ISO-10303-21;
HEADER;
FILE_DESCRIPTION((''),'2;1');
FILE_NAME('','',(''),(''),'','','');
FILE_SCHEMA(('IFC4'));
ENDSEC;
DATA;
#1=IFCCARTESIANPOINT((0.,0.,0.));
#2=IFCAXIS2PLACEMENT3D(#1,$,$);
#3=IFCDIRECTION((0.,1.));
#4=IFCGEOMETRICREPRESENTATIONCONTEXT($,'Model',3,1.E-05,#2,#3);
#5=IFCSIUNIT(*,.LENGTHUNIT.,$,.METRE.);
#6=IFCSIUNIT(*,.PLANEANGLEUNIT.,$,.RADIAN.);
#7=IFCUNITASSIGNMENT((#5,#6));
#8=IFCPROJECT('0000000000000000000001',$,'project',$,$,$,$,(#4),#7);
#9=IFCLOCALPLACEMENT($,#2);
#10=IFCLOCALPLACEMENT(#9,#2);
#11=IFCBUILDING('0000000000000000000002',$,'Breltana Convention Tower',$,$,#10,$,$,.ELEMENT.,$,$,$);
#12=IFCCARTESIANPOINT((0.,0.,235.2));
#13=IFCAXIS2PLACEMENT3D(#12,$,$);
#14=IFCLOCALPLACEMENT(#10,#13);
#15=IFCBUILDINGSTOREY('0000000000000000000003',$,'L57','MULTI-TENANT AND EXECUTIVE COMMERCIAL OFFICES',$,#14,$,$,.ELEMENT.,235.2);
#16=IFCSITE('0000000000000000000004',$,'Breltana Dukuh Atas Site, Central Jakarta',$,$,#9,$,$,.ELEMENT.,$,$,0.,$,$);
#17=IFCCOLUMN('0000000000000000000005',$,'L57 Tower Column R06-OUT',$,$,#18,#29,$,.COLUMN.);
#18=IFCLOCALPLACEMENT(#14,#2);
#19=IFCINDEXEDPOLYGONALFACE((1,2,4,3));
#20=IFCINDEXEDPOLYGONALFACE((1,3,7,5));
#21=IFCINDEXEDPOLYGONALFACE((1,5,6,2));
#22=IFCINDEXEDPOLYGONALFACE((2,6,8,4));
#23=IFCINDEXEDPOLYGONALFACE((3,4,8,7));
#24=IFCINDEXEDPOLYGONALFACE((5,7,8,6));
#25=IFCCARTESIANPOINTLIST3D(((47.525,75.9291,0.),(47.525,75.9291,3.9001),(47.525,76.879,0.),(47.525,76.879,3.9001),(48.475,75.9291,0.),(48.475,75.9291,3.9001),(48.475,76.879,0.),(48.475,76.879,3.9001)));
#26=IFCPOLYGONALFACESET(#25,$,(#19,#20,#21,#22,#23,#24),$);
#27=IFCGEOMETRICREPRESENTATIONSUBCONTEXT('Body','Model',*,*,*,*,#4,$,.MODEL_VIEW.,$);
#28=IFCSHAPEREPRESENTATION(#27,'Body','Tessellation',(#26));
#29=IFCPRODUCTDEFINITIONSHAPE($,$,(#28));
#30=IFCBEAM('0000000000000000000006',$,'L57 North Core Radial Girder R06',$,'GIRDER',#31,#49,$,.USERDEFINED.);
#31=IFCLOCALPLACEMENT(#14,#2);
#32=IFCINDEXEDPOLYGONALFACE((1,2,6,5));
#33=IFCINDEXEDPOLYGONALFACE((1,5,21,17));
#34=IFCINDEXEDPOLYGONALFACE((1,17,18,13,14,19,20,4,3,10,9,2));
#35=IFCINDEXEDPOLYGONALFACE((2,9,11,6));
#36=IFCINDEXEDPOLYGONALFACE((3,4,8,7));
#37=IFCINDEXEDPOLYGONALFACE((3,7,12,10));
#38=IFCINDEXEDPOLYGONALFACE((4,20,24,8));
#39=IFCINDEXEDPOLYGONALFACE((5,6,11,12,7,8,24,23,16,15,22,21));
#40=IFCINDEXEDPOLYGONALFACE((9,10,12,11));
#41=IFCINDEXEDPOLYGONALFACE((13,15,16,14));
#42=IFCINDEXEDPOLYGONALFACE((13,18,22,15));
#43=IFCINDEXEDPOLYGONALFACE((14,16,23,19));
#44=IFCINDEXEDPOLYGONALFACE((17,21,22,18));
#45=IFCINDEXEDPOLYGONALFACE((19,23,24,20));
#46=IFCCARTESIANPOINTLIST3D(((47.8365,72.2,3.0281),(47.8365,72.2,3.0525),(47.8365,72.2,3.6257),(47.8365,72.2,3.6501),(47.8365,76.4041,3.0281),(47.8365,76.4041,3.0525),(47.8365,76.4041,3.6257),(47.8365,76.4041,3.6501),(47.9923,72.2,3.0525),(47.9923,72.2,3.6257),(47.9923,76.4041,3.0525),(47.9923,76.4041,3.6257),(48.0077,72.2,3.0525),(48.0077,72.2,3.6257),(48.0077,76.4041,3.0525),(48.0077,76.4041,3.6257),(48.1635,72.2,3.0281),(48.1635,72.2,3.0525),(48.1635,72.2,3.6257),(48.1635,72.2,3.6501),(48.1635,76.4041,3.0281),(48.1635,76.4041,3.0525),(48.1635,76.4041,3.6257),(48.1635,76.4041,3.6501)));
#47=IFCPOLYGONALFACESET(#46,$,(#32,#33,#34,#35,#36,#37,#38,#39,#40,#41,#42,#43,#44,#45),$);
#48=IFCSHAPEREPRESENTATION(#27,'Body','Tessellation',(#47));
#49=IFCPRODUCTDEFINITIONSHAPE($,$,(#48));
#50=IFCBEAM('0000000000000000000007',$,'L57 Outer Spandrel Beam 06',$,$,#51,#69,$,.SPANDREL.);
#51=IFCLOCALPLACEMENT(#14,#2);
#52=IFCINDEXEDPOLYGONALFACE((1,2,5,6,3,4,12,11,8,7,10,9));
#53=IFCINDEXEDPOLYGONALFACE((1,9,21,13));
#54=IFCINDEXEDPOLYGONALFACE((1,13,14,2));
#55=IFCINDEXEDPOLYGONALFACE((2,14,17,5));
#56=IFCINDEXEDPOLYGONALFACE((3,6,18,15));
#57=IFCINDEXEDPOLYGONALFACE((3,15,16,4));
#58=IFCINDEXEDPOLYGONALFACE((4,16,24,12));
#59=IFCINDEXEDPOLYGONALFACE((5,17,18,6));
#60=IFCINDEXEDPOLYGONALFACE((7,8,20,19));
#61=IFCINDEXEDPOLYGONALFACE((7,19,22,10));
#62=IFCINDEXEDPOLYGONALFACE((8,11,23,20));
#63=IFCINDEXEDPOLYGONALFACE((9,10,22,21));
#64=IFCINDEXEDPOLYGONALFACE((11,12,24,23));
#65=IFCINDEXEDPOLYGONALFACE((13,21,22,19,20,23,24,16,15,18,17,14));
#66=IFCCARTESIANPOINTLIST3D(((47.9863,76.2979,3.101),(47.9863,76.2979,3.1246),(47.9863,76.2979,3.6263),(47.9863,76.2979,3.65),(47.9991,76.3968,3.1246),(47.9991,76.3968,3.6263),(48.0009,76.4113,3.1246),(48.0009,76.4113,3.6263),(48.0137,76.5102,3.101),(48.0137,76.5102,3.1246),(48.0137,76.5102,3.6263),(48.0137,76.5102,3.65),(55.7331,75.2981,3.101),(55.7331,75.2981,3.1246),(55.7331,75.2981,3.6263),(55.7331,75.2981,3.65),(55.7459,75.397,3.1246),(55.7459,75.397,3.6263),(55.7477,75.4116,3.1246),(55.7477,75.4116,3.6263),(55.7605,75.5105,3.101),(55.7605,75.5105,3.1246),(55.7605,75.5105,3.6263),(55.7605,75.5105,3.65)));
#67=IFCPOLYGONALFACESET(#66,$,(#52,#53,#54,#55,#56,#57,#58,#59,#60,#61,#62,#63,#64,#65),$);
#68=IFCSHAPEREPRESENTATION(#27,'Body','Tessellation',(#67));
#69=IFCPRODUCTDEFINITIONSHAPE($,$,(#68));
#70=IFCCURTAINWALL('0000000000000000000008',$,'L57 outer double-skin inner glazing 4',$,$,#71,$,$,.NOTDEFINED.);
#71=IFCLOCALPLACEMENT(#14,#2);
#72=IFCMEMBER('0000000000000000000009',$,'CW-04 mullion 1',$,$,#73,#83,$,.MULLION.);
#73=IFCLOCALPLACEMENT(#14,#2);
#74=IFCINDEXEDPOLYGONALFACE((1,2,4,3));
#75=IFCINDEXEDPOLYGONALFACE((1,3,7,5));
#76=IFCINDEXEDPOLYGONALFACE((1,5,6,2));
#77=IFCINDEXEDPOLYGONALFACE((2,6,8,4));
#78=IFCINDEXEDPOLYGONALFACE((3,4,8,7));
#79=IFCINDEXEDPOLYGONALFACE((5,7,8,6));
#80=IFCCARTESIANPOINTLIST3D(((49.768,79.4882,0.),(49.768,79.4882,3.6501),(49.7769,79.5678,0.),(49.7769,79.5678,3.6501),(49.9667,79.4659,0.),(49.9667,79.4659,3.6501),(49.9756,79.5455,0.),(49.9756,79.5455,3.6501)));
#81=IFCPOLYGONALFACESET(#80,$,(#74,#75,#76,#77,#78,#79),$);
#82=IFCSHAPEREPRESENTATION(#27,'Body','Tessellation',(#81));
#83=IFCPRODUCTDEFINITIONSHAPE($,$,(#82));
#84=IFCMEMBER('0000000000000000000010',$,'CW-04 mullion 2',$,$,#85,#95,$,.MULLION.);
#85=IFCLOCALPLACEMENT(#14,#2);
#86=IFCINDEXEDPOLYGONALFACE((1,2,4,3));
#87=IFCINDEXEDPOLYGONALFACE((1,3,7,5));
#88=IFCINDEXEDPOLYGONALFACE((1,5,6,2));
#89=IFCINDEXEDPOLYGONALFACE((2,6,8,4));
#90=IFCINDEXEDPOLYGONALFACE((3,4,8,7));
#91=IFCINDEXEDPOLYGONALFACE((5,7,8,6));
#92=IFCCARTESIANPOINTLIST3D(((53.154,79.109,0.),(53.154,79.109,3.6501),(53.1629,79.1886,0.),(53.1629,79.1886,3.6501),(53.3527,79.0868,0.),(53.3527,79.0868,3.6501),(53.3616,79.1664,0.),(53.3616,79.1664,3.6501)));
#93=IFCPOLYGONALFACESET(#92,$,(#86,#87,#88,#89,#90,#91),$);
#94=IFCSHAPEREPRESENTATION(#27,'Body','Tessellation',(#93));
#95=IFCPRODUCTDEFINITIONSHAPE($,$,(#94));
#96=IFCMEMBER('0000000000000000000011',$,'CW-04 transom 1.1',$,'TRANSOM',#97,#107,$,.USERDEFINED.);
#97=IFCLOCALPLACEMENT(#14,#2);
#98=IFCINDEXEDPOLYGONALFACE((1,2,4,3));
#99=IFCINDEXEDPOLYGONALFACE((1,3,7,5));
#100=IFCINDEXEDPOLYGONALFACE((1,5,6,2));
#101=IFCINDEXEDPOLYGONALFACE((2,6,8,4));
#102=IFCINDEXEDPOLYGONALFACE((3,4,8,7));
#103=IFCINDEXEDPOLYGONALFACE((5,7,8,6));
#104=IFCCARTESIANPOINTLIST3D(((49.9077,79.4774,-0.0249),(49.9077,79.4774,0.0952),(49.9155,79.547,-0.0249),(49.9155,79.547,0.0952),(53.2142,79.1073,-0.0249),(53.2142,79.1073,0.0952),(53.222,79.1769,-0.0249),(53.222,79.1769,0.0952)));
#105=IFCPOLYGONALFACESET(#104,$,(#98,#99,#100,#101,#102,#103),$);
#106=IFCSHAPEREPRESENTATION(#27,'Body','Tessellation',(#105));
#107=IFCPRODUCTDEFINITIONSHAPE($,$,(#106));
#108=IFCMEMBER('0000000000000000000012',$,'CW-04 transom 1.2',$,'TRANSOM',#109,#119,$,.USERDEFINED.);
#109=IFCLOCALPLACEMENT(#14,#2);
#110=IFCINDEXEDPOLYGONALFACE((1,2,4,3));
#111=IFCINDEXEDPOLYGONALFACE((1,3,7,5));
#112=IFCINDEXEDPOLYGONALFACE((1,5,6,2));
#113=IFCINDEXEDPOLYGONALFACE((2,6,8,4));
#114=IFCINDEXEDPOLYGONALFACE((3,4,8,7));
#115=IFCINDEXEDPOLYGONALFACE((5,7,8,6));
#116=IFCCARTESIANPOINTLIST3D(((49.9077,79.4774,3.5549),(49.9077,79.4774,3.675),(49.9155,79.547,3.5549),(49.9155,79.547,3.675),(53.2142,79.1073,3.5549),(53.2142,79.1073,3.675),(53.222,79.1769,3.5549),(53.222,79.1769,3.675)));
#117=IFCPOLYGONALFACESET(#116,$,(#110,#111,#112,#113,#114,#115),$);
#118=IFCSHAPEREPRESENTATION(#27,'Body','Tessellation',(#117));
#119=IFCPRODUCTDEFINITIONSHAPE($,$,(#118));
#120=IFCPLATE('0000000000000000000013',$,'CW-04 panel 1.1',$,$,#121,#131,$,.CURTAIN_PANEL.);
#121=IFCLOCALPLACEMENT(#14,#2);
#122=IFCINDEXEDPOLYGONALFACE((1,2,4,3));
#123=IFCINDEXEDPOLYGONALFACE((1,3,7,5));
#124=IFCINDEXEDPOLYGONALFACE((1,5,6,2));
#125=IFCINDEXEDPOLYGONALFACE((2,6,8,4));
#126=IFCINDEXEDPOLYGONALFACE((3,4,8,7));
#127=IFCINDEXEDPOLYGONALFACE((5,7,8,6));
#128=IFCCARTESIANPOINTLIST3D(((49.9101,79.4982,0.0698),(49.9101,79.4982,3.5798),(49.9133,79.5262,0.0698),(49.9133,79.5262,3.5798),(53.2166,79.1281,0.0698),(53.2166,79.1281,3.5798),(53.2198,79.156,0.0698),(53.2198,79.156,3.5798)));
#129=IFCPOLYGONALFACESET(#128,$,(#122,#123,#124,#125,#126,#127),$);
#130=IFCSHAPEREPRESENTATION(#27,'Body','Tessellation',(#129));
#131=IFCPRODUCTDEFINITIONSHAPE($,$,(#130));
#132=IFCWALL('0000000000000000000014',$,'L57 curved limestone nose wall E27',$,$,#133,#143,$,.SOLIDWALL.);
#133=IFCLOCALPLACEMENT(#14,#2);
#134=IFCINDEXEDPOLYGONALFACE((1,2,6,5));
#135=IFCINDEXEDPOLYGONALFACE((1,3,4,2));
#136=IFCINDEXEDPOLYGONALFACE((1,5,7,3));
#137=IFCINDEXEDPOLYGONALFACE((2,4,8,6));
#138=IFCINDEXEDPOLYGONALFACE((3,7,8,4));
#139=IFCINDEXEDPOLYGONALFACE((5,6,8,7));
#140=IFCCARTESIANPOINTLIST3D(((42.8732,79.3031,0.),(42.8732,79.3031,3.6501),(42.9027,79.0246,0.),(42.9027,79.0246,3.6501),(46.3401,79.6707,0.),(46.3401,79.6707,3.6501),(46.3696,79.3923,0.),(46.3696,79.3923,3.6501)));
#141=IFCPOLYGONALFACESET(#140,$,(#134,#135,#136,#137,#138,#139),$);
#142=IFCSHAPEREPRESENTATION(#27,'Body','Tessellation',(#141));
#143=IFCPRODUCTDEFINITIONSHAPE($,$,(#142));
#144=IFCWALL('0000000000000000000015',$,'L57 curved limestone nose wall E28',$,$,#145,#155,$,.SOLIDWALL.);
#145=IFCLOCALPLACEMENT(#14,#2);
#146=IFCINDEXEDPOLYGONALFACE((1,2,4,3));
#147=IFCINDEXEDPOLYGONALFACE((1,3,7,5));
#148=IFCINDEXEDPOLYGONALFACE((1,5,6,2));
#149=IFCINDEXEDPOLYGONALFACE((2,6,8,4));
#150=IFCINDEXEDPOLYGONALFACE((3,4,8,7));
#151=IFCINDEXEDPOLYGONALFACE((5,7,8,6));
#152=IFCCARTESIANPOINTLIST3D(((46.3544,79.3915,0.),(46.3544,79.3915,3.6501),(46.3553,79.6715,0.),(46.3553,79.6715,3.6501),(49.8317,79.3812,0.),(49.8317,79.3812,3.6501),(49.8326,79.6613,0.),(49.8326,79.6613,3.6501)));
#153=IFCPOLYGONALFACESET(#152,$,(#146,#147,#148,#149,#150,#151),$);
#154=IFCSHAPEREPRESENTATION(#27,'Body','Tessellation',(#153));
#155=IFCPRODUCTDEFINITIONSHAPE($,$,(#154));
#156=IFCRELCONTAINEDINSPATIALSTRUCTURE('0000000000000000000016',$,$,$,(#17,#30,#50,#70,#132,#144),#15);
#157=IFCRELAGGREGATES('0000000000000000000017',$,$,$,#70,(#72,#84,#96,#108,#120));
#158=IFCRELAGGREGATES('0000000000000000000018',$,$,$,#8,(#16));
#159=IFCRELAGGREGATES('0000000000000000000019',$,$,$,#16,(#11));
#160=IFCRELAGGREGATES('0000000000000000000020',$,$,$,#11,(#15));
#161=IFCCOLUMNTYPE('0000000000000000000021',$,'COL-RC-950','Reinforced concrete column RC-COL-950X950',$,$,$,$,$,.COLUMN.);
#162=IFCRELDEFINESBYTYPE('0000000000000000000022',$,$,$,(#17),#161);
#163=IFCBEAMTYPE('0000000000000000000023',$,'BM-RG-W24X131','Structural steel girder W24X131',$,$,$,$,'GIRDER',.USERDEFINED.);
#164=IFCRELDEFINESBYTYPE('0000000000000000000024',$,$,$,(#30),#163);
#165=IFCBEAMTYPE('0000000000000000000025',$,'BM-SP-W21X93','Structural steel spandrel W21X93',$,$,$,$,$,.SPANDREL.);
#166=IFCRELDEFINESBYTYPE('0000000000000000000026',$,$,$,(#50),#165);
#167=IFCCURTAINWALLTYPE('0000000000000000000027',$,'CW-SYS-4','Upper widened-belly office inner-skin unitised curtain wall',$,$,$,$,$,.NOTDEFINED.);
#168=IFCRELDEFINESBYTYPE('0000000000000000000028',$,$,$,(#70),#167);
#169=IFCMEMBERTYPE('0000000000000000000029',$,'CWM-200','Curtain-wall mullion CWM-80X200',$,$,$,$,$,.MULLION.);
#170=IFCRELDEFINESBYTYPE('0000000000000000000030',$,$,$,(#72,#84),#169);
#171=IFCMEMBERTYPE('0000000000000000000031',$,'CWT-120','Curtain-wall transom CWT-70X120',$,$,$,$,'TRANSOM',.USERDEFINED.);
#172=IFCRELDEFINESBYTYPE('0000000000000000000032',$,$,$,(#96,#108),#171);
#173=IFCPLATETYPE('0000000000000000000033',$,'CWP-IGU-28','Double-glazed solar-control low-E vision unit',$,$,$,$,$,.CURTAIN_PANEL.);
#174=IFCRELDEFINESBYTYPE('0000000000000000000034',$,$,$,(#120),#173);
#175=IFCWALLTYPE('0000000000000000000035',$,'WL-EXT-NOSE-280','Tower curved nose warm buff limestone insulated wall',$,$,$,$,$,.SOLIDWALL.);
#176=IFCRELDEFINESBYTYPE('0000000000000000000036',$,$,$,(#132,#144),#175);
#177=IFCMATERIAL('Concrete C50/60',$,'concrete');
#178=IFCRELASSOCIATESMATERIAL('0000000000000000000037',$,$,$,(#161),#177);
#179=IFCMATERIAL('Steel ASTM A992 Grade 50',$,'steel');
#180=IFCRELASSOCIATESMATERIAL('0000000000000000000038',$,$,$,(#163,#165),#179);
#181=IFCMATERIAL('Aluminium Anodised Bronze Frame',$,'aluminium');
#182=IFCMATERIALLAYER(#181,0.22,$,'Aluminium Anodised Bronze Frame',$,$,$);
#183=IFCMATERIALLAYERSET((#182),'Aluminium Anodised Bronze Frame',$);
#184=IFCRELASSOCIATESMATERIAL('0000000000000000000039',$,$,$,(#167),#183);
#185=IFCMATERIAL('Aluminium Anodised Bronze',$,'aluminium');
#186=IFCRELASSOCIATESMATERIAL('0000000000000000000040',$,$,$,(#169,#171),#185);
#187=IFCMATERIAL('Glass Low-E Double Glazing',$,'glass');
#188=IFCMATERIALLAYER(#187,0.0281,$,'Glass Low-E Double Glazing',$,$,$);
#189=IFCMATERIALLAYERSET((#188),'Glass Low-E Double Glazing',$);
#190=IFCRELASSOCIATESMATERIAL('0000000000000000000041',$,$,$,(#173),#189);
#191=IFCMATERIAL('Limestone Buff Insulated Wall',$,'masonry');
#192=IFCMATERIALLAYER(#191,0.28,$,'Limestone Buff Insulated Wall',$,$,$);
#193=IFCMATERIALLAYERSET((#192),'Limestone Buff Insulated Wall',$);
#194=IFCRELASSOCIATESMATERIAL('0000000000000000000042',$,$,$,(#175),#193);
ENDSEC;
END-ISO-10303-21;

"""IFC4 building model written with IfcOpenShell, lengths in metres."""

from ifc_helpers import new_model, si_unit, direction, frame, frame_2d, origin, origin_2d, place, context, subcontext, project, spatial, rectangle, i_section, extrude, source, transform, mapped, material, layer, layer_set, material_profile, profile_set, type_object, element, aggregate, save


model = new_model("IFC4")

# Units and contexts
model_context = context("Model", 3, precision=1e-05, world=origin(), true_north=direction((0.0, 1.0)))
body_context = subcontext(model_context, "Body", "Model", "MODEL_VIEW")
ifc_project = project(units=[si_unit("LENGTHUNIT", "METRE"), si_unit("PLANEANGLEUNIT", "RADIAN")], contexts=[model_context])

# Site, building, storey
site_placement = place(None, origin())
site = spatial("IfcSite", under=ifc_project, at=site_placement, Name="Breltana Dukuh Atas Site, Central Jakarta", CompositionType="ELEMENT", RefElevation=0.0)
building_placement = place(site_placement, origin())
building = spatial("IfcBuilding", under=site, at=building_placement, Name="Breltana Convention Tower", CompositionType="ELEMENT")
storey_placement = place(building_placement, frame((0.0, 0.0, 235.2)))
storey = spatial("IfcBuildingStorey", under=building, at=storey_placement, Name="L57", Description="MULTI-TENANT AND EXECUTIVE COMMERCIAL OFFICES", CompositionType="ELEMENT", Elevation=235.2)

# Column
ifc_material_1 = material(Name="Concrete C50/60", Category="concrete")
ifc_material_profile_1 = material_profile(ifc_material_1, rectangle(XDim=0.95, YDim=0.95, at=origin_2d()), Name="RC-COL-950X950")
ifc_profile_set_1 = profile_set([ifc_material_profile_1], Name="Concrete C50/60")
column_type = type_object("IfcColumnType", Name="COL-RC-950", Description="Reinforced concrete column RC-COL-950X950", PredefinedType="COLUMN", material=ifc_profile_set_1)
shared_shape_1 = source(origin(), body_context, "Body", "SweptSolid", [
    extrude(rectangle(XDim=0.95, YDim=0.95, at=origin_2d()), origin(), (0.0, 0.0, 1.0), 3.9001),
])
column_placement = place(storey_placement, frame((48.0, 76.4041, 0.0), z_axis=(0.0, 0.0, 1.0), x_axis=(0.0, 1.0, 0.0)))
element("IfcColumn", 1, at=column_placement, inside=storey, type_object=column_type, Name="L57 Tower Column R06-OUT", PredefinedType="COLUMN", context=body_context, shape_type="MappedRepresentation", body=[
    mapped(shared_shape_1, transform((0.0, 0.0, 0.0), scale=1.0)),
])

# Beams
ifc_material_2 = material(Name="Steel ASTM A992 Grade 50", Category="steel")
ifc_material_profile_2 = material_profile(ifc_material_2, i_section(OverallWidth=0.3269, OverallDepth=0.6221, WebThickness=0.0154, FlangeThickness=0.0244, at=origin_2d()), Name="W24X131")
ifc_profile_set_2 = profile_set([ifc_material_profile_2], Name="Steel ASTM A992 Grade 50")
beam_type_1 = type_object("IfcBeamType", Name="BM-RG-W24X131", Description="Structural steel girder W24X131", ElementType="GIRDER", PredefinedType="USERDEFINED", material=ifc_profile_set_2)
shared_shape_2 = source(origin(), body_context, "Body", "SweptSolid", [
    extrude(i_section(OverallWidth=0.3269, OverallDepth=0.6221, WebThickness=0.0154, FlangeThickness=0.0244, at=origin_2d()), origin(), (0.0, 0.0, 1.0), 4.2041),
])
beam_1_placement = place(storey_placement, frame((48.0, 72.2, 3.3391), z_axis=(0.0, 1.0, 0.0), x_axis=(-1.0, 0.0, 0.0)))
element("IfcBeam", 2, at=beam_1_placement, inside=storey, type_object=beam_type_1, Name="L57 North Core Radial Girder R06", ObjectType="GIRDER", PredefinedType="USERDEFINED", context=body_context, shape_type="MappedRepresentation", body=[
    mapped(shared_shape_2, transform((0.0, 0.0, 0.0), scale=1.0)),
])
ifc_material_profile_3 = material_profile(ifc_material_2, i_section(OverallWidth=0.2141, OverallDepth=0.5491, WebThickness=0.0146, FlangeThickness=0.0237, at=origin_2d()), Name="W21X93")
ifc_profile_set_3 = profile_set([ifc_material_profile_3], Name="Steel ASTM A992 Grade 50")
beam_type_2 = type_object("IfcBeamType", Name="BM-SP-W21X93", Description="Structural steel spandrel W21X93", PredefinedType="SPANDREL", material=ifc_profile_set_3)
shared_shape_3 = source(origin(), body_context, "Body", "SweptSolid", [
    extrude(i_section(OverallWidth=0.2141, OverallDepth=0.5491, WebThickness=0.0146, FlangeThickness=0.0237, at=origin_2d()), origin(), (0.0, 0.0, 1.0), 7.811),
])
beam_2_placement = place(storey_placement, frame((48.0, 76.4041, 3.3755), z_axis=(0.991775, -0.127992, 0.0), x_axis=(0.127992, 0.991775, 0.0)))
element("IfcBeam", 3, at=beam_2_placement, inside=storey, type_object=beam_type_2, Name="L57 Outer Spandrel Beam 06", PredefinedType="SPANDREL", context=body_context, shape_type="MappedRepresentation", body=[
    mapped(shared_shape_3, transform((0.0, 0.0, 0.0), scale=1.0)),
])

# Curtain wall, members, plate
ifc_material_3 = material(Name="Aluminium Anodised Bronze Frame", Category="aluminium")
ifc_layer_1 = layer(ifc_material_3, 0.22, Name="Aluminium Anodised Bronze Frame")
ifc_layer_set_1 = layer_set([ifc_layer_1], Name="Aluminium Anodised Bronze Frame")
curtain_wall_type = type_object("IfcCurtainWallType", Name="CW-SYS-4", Description="Upper widened-belly office inner-skin unitised curtain wall", PredefinedType="NOTDEFINED", material=ifc_layer_set_1)
curtain_wall_placement = place(storey_placement, origin())
curtain_wall = element("IfcCurtainWall", 4, at=curtain_wall_placement, inside=storey, type_object=curtain_wall_type, Name="L57 outer double-skin inner glazing 4", PredefinedType="NOTDEFINED")
ifc_material_4 = material(Name="Aluminium Anodised Bronze", Category="aluminium")
ifc_material_profile_4 = material_profile(ifc_material_4, rectangle(XDim=0.0801, YDim=0.2, at=origin_2d()), Name="CWM-80X200")
ifc_profile_set_4 = profile_set([ifc_material_profile_4], Name="Aluminium Anodised Bronze")
member_type_1 = type_object("IfcMemberType", Name="CWM-200", Description="Curtain-wall mullion CWM-80X200", PredefinedType="MULLION", material=ifc_profile_set_4)
shared_shape_4 = source(origin(), body_context, "Body", "SweptSolid", [
    extrude(rectangle(XDim=0.0801, YDim=0.2, at=origin_2d()), origin(), (0.0, 0.0, 1.0), 3.6501),
])
member_1_placement = place(storey_placement, frame((49.8718, 79.5168, 0.0), z_axis=(0.0, 0.0, 1.0), x_axis=(0.111237, 0.993794, 0.0)))
member_1 = element("IfcMember", 5, at=member_1_placement, type_object=member_type_1, Name="CW-04 mullion 1", PredefinedType="MULLION", context=body_context, shape_type="MappedRepresentation", body=[
    mapped(shared_shape_4, transform((0.0, 0.0, 0.0), scale=1.0)),
])
member_2_placement = place(storey_placement, frame((53.2578, 79.1377, 0.0), z_axis=(0.0, 0.0, 1.0), x_axis=(0.111237, 0.993794, 0.0)))
member_2 = element("IfcMember", 6, at=member_2_placement, type_object=member_type_1, Name="CW-04 mullion 2", PredefinedType="MULLION", context=body_context, shape_type="MappedRepresentation", body=[
    mapped(shared_shape_4, transform((0.0, 0.0, 0.0), scale=1.0)),
])
ifc_material_profile_5 = material_profile(ifc_material_4, rectangle(XDim=0.0701, YDim=0.1201, at=origin_2d()), Name="CWT-70X120")
ifc_profile_set_5 = profile_set([ifc_material_profile_5], Name="Aluminium Anodised Bronze")
member_type_2 = type_object("IfcMemberType", Name="CWT-120", Description="Curtain-wall transom CWT-70X120", ElementType="TRANSOM", PredefinedType="USERDEFINED", material=ifc_profile_set_5)
shared_shape_5 = source(origin(), body_context, "Body", "SweptSolid", [
    extrude(rectangle(XDim=0.0701, YDim=0.1201, at=origin_2d()), origin(), (0.0, 0.0, 1.0), 3.3271),
])
member_3_placement = place(storey_placement, frame((49.9116, 79.5122, 0.0352), z_axis=(0.993793, -0.111245, 0.0), x_axis=(0.111245, 0.993793, 0.0)))
member_3 = element("IfcMember", 7, at=member_3_placement, type_object=member_type_2, Name="CW-04 transom 1.1", ObjectType="TRANSOM", PredefinedType="USERDEFINED", context=body_context, shape_type="MappedRepresentation", body=[
    mapped(shared_shape_5, transform((0.0, 0.0, 0.0), scale=1.0)),
])
member_4_placement = place(storey_placement, frame((49.9116, 79.5122, 3.615), z_axis=(0.993793, -0.111245, 0.0), x_axis=(0.111245, 0.993793, 0.0)))
member_4 = element("IfcMember", 8, at=member_4_placement, type_object=member_type_2, Name="CW-04 transom 1.2", ObjectType="TRANSOM", PredefinedType="USERDEFINED", context=body_context, shape_type="MappedRepresentation", body=[
    mapped(shared_shape_5, transform((0.0, 0.0, 0.0), scale=1.0)),
])
ifc_material_5 = material(Name="Glass Low-E Double Glazing", Category="glass")
ifc_layer_2 = layer(ifc_material_5, 0.0281, Name="Glass Low-E Double Glazing")
ifc_layer_set_2 = layer_set([ifc_layer_2], Name="Glass Low-E Double Glazing")
plate_type = type_object("IfcPlateType", Name="CWP-IGU-28", Description="Double-glazed solar-control low-E vision unit", PredefinedType="CURTAIN_PANEL", material=ifc_layer_set_2)
shared_shape_6 = source(origin(), body_context, "Body", "SweptSolid", [
    extrude(rectangle(XDim=3.3271, YDim=0.0281, at=origin_2d()), origin(), (0.0, 0.0, 1.0), 3.51),
])
plate_placement = place(storey_placement, frame((51.5649, 79.3271, 0.0698), z_axis=(0.0, 0.0, 1.0), x_axis=(0.993794, -0.111237, 0.0)))
plate = element("IfcPlate", 9, at=plate_placement, type_object=plate_type, Name="CW-04 panel 1.1", PredefinedType="CURTAIN_PANEL", context=body_context, shape_type="MappedRepresentation", body=[
    mapped(shared_shape_6, transform((0.0, 0.0, 0.0), scale=1.0)),
])
aggregate(curtain_wall, [member_1, member_2, member_3, member_4, plate])

# Walls
ifc_material_6 = material(Name="Limestone Buff Insulated Wall", Category="masonry")
ifc_layer_3 = layer(ifc_material_6, 0.28, Name="Limestone Buff Insulated Wall")
ifc_layer_set_3 = layer_set([ifc_layer_3], Name="Limestone Buff Insulated Wall")
wall_type_1 = type_object("IfcWallType", Name="WL-EXT-NOSE-280", Description="Tower curved nose warm buff limestone insulated wall", PredefinedType="SOLIDWALL", material=ifc_layer_set_3)
shared_shape_7 = source(origin(), body_context, "Body", "SweptSolid", [
    extrude(rectangle(XDim=3.4863, YDim=0.28, at=frame_2d((1.7432, 0.0))), origin(), (0.0, 0.0, 1.0), 3.6501),
])
wall_1_placement = place(storey_placement, frame((42.8879, 79.1638, 0.0), z_axis=(0.0, 0.0, 1.0), x_axis=(0.994423, 0.105465, 0.0)))
element("IfcWall", 10, at=wall_1_placement, inside=storey, type_object=wall_type_1, Name="L57 curved limestone nose wall E27", PredefinedType="SOLIDWALL", context=body_context, shape_type="MappedRepresentation", body=[
    mapped(shared_shape_7, transform((0.0, 0.0, 0.0), scale=1.0)),
])
shared_shape_8 = source(origin(), body_context, "Body", "SweptSolid", [
    extrude(rectangle(XDim=3.4773, YDim=0.28, at=frame_2d((1.7388, 0.0))), origin(), (0.0, 0.0, 1.0), 3.6501),
])
wall_2_placement = place(storey_placement, frame((46.3547, 79.5315, 0.0), z_axis=(0.0, 0.0, 1.0), x_axis=(0.999996, -0.002949, 0.0)))
element("IfcWall", 11, at=wall_2_placement, inside=storey, type_object=wall_type_1, Name="L57 curved limestone nose wall E28", PredefinedType="SOLIDWALL", context=body_context, shape_type="MappedRepresentation", body=[
    mapped(shared_shape_8, transform((0.0, 0.0, 0.0), scale=1.0)),
])

save(model, "model.ifc")
